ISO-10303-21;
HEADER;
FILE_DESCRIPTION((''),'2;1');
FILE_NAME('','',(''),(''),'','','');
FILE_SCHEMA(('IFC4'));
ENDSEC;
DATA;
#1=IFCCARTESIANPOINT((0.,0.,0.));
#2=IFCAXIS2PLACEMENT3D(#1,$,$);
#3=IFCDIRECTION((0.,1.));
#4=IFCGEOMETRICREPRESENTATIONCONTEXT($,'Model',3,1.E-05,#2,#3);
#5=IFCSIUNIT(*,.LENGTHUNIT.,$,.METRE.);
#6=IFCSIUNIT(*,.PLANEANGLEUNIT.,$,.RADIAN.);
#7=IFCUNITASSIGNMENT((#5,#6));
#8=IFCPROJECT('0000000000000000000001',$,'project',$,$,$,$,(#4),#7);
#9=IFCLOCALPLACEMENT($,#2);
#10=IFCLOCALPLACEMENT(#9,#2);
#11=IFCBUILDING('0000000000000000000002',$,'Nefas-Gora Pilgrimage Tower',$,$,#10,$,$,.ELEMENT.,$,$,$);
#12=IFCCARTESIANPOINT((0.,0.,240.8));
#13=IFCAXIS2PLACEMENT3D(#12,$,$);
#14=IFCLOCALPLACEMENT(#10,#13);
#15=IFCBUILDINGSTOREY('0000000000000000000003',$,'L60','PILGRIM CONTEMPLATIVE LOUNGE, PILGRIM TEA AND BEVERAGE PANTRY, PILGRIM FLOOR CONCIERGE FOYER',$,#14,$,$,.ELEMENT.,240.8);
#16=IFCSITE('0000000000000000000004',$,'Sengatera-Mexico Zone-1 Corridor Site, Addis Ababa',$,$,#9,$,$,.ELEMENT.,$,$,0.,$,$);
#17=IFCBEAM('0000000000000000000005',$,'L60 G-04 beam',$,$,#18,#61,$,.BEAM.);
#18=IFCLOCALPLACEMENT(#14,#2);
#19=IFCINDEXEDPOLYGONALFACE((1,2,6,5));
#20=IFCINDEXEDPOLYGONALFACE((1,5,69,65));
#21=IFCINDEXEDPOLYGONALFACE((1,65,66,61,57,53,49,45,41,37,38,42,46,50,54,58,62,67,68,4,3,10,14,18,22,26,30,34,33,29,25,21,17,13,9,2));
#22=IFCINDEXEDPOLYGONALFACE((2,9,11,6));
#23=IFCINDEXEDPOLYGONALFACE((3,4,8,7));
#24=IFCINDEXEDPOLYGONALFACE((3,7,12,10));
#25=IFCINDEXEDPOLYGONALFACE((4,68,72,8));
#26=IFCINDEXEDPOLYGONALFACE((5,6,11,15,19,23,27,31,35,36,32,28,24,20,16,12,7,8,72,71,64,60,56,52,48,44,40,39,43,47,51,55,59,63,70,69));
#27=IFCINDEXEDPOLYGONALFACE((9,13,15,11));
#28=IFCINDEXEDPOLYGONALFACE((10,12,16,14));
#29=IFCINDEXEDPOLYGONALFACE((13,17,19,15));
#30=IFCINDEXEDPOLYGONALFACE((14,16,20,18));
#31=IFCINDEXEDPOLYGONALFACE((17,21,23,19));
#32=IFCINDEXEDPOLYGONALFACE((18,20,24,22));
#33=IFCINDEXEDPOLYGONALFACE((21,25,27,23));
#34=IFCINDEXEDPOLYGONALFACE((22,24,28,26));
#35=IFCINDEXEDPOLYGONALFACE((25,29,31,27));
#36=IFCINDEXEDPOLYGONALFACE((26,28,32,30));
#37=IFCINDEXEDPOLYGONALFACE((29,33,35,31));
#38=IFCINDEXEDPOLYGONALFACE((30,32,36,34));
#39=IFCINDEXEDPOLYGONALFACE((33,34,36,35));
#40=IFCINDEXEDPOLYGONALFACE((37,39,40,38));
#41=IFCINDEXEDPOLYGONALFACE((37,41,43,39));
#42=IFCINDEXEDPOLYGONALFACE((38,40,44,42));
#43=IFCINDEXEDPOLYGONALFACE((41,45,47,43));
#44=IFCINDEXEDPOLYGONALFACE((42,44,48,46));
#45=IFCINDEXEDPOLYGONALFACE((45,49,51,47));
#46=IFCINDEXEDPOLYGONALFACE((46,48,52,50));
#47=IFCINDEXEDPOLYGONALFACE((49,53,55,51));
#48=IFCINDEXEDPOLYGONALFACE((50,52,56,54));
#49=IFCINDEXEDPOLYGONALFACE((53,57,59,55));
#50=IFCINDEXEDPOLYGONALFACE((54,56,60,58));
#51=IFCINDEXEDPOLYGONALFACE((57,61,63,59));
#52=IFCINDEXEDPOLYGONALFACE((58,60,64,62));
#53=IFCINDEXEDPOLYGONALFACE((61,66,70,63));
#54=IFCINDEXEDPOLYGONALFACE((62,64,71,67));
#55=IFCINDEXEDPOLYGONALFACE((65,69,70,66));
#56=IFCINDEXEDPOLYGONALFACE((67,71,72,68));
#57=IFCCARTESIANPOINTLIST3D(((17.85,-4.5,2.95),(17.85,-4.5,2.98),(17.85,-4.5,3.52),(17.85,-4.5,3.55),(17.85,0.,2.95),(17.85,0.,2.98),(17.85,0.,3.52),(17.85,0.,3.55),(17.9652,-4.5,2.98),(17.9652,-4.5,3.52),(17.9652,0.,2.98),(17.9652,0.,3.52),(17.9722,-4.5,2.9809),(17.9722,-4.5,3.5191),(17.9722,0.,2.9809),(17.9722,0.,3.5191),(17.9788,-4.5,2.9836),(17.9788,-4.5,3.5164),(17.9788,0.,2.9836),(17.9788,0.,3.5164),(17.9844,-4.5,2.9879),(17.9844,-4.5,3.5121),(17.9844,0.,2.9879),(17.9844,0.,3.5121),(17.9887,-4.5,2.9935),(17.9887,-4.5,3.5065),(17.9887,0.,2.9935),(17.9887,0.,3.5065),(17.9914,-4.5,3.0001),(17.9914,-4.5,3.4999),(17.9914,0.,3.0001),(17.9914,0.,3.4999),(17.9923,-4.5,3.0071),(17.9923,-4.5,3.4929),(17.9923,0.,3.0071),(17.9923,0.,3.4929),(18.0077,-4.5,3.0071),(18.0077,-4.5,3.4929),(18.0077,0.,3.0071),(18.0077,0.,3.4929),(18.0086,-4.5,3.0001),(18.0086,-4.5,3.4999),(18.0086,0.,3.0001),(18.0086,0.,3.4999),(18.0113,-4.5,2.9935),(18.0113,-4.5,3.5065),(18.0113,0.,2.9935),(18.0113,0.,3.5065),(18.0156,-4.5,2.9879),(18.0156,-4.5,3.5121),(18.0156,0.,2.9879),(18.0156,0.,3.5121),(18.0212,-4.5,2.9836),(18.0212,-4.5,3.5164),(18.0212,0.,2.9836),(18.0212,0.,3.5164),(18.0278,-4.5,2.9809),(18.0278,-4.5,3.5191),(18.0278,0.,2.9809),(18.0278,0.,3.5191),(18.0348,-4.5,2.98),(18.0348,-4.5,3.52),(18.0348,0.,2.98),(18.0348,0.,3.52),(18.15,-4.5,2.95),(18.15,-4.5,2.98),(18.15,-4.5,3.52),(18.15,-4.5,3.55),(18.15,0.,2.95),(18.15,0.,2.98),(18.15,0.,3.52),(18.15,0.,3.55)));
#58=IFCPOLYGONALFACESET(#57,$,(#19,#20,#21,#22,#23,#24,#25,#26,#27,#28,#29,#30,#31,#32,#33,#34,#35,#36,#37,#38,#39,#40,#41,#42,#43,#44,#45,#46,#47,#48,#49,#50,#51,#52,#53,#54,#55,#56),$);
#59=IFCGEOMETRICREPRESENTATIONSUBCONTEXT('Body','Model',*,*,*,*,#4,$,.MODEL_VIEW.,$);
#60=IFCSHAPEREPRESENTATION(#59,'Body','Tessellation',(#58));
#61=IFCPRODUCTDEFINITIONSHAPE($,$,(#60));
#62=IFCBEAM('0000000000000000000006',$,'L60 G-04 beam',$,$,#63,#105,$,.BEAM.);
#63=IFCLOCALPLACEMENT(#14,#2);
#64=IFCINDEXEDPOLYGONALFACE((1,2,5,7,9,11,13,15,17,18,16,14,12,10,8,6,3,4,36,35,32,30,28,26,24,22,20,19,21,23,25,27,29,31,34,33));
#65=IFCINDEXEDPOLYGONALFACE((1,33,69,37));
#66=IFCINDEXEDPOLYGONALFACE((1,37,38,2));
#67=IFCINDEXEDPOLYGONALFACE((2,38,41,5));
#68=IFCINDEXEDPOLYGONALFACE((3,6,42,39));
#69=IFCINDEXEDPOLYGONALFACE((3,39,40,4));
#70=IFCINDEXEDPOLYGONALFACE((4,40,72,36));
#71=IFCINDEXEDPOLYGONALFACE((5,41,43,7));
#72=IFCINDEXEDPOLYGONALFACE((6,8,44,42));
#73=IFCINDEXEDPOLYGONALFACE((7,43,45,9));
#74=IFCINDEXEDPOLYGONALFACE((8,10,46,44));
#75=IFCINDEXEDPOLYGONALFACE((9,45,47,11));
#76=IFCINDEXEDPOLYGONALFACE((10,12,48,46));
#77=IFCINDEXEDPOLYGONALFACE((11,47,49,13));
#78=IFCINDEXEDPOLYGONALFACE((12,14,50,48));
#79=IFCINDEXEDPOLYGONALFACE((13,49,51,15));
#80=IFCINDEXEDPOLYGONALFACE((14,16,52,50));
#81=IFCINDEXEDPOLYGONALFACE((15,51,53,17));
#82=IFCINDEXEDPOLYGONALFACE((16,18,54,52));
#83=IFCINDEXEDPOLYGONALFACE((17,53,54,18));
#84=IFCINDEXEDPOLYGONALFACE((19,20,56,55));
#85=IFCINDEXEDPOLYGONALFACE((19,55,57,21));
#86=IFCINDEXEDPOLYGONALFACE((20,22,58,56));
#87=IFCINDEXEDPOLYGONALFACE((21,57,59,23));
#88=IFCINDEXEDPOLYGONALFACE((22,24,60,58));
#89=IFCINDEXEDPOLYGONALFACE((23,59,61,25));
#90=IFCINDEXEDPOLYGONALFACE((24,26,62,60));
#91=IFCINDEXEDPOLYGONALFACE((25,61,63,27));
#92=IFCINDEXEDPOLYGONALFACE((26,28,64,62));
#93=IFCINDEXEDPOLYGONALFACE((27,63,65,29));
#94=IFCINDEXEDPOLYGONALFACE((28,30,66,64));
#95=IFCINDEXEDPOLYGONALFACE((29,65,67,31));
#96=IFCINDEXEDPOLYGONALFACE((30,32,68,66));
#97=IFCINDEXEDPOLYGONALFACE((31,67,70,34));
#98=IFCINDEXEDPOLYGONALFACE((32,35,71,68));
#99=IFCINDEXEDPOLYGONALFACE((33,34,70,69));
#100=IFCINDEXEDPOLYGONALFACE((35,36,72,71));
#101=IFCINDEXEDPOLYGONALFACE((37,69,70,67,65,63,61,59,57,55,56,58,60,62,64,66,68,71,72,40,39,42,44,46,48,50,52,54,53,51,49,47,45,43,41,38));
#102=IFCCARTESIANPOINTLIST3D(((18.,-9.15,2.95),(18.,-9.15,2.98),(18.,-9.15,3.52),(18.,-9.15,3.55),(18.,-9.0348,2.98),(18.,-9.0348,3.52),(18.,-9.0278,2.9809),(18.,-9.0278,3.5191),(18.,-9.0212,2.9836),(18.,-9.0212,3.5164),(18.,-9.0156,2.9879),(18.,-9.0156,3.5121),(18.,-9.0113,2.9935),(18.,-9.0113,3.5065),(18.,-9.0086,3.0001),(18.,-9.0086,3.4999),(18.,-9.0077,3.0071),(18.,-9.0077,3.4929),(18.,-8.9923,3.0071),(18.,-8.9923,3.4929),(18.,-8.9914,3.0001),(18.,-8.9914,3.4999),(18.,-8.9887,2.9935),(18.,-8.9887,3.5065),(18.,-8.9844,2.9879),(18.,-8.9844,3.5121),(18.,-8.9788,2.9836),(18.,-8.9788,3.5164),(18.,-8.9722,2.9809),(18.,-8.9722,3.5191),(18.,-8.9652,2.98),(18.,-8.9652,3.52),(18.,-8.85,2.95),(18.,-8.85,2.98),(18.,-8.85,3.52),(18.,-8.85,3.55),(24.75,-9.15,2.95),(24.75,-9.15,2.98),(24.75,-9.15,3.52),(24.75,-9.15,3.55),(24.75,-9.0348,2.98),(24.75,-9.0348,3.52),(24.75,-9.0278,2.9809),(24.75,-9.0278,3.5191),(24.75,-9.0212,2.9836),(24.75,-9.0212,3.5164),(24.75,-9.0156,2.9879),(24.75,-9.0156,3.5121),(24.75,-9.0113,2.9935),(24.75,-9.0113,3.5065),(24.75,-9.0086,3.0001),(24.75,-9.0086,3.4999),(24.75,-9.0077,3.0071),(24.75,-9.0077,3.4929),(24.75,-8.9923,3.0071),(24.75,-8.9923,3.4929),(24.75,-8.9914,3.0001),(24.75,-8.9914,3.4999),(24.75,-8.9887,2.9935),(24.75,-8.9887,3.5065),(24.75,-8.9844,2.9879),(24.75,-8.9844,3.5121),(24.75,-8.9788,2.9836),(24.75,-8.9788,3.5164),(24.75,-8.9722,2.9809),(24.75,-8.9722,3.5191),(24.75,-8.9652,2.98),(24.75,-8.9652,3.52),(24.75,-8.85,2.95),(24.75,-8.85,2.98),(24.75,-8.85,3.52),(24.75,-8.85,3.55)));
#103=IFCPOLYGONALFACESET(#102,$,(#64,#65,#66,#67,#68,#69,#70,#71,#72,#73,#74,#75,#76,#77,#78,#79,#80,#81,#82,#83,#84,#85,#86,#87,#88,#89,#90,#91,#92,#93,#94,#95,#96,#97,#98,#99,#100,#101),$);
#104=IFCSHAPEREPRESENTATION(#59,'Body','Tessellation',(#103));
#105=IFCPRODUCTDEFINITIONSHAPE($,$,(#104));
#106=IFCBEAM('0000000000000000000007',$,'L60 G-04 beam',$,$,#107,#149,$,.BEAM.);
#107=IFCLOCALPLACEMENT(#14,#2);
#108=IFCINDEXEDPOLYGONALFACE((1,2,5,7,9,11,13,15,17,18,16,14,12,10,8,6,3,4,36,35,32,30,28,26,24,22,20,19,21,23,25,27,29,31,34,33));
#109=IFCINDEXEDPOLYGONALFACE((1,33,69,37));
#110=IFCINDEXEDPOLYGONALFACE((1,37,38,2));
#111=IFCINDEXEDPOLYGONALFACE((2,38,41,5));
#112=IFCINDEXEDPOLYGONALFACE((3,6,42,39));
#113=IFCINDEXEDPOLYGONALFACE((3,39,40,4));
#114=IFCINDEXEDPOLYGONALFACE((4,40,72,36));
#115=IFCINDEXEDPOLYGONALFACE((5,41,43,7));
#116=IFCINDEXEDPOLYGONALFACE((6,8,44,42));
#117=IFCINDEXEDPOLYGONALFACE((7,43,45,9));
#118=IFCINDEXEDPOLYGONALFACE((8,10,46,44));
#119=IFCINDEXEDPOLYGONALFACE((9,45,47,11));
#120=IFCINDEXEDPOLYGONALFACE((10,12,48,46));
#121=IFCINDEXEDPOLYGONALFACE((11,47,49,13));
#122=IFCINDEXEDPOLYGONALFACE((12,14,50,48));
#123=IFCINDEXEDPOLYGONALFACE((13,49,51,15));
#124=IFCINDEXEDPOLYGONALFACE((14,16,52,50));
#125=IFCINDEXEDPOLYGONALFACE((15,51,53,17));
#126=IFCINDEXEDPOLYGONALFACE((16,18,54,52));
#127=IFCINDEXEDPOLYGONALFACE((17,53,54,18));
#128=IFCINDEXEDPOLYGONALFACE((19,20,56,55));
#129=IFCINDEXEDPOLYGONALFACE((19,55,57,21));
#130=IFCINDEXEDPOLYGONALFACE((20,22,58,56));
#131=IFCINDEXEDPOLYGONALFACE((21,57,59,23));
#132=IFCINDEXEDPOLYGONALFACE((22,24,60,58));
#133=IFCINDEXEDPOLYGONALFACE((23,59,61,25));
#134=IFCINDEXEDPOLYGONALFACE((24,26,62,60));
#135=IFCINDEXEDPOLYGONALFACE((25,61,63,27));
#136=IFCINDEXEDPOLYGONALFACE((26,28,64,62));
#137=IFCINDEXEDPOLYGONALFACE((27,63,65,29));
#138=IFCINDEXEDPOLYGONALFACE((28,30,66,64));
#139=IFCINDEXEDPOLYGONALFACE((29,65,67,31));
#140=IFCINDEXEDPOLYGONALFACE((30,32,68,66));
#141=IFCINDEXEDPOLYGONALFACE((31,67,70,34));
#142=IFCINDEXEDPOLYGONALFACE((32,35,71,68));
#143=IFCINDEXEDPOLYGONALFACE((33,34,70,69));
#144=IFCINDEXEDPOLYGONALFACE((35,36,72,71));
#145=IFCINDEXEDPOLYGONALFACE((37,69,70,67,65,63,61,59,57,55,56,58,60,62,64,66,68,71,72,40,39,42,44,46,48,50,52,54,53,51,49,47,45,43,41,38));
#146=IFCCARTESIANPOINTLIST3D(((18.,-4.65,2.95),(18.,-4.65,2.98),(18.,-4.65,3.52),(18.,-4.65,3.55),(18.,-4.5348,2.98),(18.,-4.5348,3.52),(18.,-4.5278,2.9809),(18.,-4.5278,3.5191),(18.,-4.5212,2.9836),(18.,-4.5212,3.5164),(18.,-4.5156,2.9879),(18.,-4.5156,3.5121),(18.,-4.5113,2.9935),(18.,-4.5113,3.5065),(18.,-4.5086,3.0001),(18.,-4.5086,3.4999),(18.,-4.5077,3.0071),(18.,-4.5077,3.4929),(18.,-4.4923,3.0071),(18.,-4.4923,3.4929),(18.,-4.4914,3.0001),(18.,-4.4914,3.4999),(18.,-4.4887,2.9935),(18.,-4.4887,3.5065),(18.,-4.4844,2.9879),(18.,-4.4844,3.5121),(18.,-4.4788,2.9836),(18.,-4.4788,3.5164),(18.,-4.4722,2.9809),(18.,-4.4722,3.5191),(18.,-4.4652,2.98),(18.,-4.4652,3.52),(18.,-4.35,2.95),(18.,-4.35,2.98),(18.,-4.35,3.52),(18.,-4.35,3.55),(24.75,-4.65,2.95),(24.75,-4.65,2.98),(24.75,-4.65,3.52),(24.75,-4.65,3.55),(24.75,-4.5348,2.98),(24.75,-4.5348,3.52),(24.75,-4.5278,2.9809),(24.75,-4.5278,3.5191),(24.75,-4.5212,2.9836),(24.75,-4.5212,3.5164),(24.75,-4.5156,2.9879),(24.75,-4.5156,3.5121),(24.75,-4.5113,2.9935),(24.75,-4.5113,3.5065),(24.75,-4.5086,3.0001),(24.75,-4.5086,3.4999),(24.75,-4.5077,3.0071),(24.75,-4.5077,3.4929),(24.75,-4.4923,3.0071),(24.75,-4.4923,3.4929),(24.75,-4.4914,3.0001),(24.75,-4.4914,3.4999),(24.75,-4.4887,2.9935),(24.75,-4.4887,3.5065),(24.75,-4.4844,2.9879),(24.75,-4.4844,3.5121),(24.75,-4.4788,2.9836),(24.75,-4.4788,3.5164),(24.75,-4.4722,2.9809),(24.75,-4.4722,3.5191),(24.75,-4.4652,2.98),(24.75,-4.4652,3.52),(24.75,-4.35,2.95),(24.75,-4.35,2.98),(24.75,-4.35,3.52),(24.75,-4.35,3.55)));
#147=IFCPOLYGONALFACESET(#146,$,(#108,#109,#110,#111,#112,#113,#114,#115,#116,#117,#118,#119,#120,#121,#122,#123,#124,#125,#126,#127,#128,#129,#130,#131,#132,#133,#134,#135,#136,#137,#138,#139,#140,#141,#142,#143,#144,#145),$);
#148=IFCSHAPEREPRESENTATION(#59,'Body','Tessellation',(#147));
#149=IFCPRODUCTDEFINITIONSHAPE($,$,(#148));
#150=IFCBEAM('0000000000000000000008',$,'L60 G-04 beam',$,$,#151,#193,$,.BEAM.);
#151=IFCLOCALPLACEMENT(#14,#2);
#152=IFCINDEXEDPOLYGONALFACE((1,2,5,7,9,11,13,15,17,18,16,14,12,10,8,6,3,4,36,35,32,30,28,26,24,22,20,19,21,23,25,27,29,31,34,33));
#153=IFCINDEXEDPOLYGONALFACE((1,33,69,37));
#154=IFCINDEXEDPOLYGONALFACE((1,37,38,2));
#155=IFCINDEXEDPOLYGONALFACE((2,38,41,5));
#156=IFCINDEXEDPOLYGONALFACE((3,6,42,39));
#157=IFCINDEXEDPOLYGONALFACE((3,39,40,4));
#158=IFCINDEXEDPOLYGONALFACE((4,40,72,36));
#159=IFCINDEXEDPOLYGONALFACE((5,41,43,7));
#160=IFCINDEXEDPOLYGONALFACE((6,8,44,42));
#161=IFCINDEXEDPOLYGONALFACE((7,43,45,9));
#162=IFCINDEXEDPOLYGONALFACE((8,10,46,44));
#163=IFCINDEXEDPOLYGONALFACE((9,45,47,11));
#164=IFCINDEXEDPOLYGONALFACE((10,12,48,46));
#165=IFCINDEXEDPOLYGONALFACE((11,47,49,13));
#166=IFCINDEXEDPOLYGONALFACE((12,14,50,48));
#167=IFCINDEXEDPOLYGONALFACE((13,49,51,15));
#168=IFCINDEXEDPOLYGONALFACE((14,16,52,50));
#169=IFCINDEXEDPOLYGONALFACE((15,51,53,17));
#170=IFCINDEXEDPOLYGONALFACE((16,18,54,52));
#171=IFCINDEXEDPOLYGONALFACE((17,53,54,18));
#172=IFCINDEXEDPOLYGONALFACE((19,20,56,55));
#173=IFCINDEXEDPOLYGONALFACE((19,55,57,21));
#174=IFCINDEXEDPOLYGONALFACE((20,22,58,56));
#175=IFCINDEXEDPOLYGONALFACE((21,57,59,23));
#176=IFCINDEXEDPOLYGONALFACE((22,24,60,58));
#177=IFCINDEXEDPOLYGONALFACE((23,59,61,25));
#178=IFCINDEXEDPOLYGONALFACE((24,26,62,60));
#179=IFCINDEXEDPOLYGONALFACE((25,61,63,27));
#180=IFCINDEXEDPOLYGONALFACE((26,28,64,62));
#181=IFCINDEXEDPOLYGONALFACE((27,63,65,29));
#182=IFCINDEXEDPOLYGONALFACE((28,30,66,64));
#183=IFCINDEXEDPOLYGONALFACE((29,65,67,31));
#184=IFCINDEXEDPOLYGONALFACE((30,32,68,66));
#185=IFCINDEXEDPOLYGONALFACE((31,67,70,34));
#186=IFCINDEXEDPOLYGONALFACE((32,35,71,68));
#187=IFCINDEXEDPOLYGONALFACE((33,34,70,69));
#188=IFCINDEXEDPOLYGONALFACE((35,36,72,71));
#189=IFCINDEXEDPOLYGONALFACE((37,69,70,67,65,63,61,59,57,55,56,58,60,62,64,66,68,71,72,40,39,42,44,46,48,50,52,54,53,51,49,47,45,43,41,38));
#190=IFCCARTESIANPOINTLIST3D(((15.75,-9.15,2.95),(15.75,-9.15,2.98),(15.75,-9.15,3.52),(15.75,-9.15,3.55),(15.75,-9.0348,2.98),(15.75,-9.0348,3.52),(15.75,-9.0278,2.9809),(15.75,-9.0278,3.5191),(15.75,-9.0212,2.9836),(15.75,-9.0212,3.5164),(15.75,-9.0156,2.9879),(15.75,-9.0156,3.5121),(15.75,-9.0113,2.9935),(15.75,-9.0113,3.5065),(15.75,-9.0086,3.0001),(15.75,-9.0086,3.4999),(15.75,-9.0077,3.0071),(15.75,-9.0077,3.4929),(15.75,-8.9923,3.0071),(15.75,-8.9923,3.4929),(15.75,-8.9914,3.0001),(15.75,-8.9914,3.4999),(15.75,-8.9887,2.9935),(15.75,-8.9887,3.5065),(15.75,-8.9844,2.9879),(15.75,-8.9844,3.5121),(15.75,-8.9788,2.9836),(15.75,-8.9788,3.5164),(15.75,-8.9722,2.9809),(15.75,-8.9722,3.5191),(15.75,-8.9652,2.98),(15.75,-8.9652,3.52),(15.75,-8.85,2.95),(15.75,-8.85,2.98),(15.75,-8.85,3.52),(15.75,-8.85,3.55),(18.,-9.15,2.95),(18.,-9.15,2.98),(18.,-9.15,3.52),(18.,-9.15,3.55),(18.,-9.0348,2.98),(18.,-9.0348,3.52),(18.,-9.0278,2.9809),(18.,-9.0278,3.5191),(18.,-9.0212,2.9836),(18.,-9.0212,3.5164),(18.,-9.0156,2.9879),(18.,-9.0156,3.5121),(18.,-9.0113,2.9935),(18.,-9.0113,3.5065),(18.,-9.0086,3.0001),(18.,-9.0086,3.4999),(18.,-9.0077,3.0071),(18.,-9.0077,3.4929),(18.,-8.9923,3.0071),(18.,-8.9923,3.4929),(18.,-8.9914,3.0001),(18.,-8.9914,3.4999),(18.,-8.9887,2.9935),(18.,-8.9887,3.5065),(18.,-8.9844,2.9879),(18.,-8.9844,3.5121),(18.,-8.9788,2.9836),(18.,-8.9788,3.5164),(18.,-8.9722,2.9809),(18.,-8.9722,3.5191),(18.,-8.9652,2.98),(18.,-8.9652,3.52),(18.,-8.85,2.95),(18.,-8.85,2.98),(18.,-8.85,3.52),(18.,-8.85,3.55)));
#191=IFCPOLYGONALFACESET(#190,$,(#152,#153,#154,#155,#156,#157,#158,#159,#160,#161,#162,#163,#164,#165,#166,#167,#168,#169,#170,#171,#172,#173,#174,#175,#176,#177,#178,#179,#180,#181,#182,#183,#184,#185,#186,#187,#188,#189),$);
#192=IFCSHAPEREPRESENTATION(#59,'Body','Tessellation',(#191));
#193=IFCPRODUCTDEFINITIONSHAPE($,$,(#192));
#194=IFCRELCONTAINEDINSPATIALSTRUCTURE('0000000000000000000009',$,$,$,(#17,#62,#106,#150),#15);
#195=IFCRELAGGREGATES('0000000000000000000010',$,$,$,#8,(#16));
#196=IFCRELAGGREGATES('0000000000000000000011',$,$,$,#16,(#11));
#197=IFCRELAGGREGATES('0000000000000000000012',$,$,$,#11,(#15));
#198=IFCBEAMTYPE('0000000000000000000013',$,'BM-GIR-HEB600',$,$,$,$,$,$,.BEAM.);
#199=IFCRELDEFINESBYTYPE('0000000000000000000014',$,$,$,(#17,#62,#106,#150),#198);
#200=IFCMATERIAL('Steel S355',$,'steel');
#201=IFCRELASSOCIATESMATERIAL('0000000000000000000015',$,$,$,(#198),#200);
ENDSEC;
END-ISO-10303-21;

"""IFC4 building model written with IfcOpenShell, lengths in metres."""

from ifc_helpers import new_model, si_unit, direction, frame, origin, origin_2d, place, context, subcontext, project, spatial, i_section, extrude, source, transform, mapped, material, material_profile, profile_set, type_object, element, save


model = new_model("IFC4")

# Units and contexts
model_context = context("Model", 3, precision=1e-05, world=origin(), true_north=direction((0.0, 1.0)))
body_context = subcontext(model_context, "Body", "Model", "MODEL_VIEW")
ifc_project = project(units=[si_unit("LENGTHUNIT", "METRE"), si_unit("PLANEANGLEUNIT", "RADIAN")], contexts=[model_context])

# Site, building, storey
site_placement = place(None, origin())
site = spatial("IfcSite", under=ifc_project, at=site_placement, Name="Sengatera-Mexico Zone-1 Corridor Site, Addis Ababa", CompositionType="ELEMENT", RefElevation=0.0)
building_placement = place(site_placement, origin())
building = spatial("IfcBuilding", under=site, at=building_placement, Name="Nefas-Gora Pilgrimage Tower", CompositionType="ELEMENT")
storey_placement = place(building_placement, frame((0.0, 0.0, 240.8)))
storey = spatial("IfcBuildingStorey", under=building, at=storey_placement, Name="L60", Description="PILGRIM CONTEMPLATIVE LOUNGE, PILGRIM TEA AND BEVERAGE PANTRY, PILGRIM FLOOR CONCIERGE FOYER", CompositionType="ELEMENT", Elevation=240.8)

# Beams
ifc_material_1 = material(Name="Steel S355", Category="steel")
ifc_material_profile_1 = material_profile(ifc_material_1, i_section(OverallWidth=0.3, OverallDepth=0.6001, WebThickness=0.0154, FlangeThickness=0.03, FilletRadius=0.0271, at=origin_2d()), Name="HEB 600")
ifc_profile_set_1 = profile_set([ifc_material_profile_1], Name="Steel S355")
beam_type_1 = type_object("IfcBeamType", Name="BM-GIR-HEB600", PredefinedType="BEAM", material=ifc_profile_set_1)
shared_shape_1 = source(origin(), body_context, "Body", "SweptSolid", [
    extrude(i_section(OverallWidth=0.3, OverallDepth=0.6001, WebThickness=0.0154, FlangeThickness=0.03, FilletRadius=0.0271, at=origin_2d()), origin(), (0.0, 0.0, 1.0), 4.5),
])
for number, where, z_axis, x_axis, name in (
    (1, (18.0, -4.5, 3.25), (0.0, 1.0, 0.0), (-1.0, 0.0, 0.0), "L60 G-04 beam"),
):
    element("IfcBeam", number, at=place(storey_placement, frame(where, z_axis=z_axis, x_axis=x_axis)), inside=storey, type_object=beam_type_1, Name=name, PredefinedType="BEAM", context=body_context, shape_type="MappedRepresentation", body=[
        mapped(shared_shape_1, transform((0.0, 0.0, 0.0), x_axis=(1.0, 0.0, 0.0), y_axis=(0.0, 1.0, 0.0), z_axis=(0.0, 0.0, 1.0), scale=1.0)),
    ])
shared_shape_2 = source(origin(), body_context, "Body", "SweptSolid", [
    extrude(i_section(OverallWidth=0.3, OverallDepth=0.6001, WebThickness=0.0154, FlangeThickness=0.03, FilletRadius=0.0271, at=origin_2d()), origin(), (0.0, 0.0, 1.0), 6.75),
])
for number, where, z_axis, x_axis, name in (
    (2, (18.0, -9.0, 3.25), (1.0, 0.0, 0.0), (0.0, 1.0, 0.0), "L60 G-04 beam"),
    (3, (18.0, -4.5, 3.25), (1.0, 0.0, 0.0), (0.0, 1.0, 0.0), "L60 G-04 beam"),
):
    element("IfcBeam", number, at=place(storey_placement, frame(where, z_axis=z_axis, x_axis=x_axis)), inside=storey, type_object=beam_type_1, Name=name, PredefinedType="BEAM", context=body_context, shape_type="MappedRepresentation", body=[
        mapped(shared_shape_2, transform((0.0, 0.0, 0.0), x_axis=(1.0, 0.0, 0.0), y_axis=(0.0, 1.0, 0.0), z_axis=(0.0, 0.0, 1.0), scale=1.0)),
    ])
shared_shape_3 = source(origin(), body_context, "Body", "SweptSolid", [
    extrude(i_section(OverallWidth=0.3, OverallDepth=0.6001, WebThickness=0.0154, FlangeThickness=0.03, FilletRadius=0.0271, at=origin_2d()), origin(), (0.0, 0.0, 1.0), 2.25),
])
for number, where, z_axis, x_axis, name in (
    (4, (15.75, -9.0, 3.25), (1.0, 0.0, 0.0), (0.0, 1.0, 0.0), "L60 G-04 beam"),
):
    element("IfcBeam", number, at=place(storey_placement, frame(where, z_axis=z_axis, x_axis=x_axis)), inside=storey, type_object=beam_type_1, Name=name, PredefinedType="BEAM", context=body_context, shape_type="MappedRepresentation", body=[
        mapped(shared_shape_3, transform((0.0, 0.0, 0.0), x_axis=(1.0, 0.0, 0.0), y_axis=(0.0, 1.0, 0.0), z_axis=(0.0, 0.0, 1.0), scale=1.0)),
    ])

save(model, "model.ifc")
